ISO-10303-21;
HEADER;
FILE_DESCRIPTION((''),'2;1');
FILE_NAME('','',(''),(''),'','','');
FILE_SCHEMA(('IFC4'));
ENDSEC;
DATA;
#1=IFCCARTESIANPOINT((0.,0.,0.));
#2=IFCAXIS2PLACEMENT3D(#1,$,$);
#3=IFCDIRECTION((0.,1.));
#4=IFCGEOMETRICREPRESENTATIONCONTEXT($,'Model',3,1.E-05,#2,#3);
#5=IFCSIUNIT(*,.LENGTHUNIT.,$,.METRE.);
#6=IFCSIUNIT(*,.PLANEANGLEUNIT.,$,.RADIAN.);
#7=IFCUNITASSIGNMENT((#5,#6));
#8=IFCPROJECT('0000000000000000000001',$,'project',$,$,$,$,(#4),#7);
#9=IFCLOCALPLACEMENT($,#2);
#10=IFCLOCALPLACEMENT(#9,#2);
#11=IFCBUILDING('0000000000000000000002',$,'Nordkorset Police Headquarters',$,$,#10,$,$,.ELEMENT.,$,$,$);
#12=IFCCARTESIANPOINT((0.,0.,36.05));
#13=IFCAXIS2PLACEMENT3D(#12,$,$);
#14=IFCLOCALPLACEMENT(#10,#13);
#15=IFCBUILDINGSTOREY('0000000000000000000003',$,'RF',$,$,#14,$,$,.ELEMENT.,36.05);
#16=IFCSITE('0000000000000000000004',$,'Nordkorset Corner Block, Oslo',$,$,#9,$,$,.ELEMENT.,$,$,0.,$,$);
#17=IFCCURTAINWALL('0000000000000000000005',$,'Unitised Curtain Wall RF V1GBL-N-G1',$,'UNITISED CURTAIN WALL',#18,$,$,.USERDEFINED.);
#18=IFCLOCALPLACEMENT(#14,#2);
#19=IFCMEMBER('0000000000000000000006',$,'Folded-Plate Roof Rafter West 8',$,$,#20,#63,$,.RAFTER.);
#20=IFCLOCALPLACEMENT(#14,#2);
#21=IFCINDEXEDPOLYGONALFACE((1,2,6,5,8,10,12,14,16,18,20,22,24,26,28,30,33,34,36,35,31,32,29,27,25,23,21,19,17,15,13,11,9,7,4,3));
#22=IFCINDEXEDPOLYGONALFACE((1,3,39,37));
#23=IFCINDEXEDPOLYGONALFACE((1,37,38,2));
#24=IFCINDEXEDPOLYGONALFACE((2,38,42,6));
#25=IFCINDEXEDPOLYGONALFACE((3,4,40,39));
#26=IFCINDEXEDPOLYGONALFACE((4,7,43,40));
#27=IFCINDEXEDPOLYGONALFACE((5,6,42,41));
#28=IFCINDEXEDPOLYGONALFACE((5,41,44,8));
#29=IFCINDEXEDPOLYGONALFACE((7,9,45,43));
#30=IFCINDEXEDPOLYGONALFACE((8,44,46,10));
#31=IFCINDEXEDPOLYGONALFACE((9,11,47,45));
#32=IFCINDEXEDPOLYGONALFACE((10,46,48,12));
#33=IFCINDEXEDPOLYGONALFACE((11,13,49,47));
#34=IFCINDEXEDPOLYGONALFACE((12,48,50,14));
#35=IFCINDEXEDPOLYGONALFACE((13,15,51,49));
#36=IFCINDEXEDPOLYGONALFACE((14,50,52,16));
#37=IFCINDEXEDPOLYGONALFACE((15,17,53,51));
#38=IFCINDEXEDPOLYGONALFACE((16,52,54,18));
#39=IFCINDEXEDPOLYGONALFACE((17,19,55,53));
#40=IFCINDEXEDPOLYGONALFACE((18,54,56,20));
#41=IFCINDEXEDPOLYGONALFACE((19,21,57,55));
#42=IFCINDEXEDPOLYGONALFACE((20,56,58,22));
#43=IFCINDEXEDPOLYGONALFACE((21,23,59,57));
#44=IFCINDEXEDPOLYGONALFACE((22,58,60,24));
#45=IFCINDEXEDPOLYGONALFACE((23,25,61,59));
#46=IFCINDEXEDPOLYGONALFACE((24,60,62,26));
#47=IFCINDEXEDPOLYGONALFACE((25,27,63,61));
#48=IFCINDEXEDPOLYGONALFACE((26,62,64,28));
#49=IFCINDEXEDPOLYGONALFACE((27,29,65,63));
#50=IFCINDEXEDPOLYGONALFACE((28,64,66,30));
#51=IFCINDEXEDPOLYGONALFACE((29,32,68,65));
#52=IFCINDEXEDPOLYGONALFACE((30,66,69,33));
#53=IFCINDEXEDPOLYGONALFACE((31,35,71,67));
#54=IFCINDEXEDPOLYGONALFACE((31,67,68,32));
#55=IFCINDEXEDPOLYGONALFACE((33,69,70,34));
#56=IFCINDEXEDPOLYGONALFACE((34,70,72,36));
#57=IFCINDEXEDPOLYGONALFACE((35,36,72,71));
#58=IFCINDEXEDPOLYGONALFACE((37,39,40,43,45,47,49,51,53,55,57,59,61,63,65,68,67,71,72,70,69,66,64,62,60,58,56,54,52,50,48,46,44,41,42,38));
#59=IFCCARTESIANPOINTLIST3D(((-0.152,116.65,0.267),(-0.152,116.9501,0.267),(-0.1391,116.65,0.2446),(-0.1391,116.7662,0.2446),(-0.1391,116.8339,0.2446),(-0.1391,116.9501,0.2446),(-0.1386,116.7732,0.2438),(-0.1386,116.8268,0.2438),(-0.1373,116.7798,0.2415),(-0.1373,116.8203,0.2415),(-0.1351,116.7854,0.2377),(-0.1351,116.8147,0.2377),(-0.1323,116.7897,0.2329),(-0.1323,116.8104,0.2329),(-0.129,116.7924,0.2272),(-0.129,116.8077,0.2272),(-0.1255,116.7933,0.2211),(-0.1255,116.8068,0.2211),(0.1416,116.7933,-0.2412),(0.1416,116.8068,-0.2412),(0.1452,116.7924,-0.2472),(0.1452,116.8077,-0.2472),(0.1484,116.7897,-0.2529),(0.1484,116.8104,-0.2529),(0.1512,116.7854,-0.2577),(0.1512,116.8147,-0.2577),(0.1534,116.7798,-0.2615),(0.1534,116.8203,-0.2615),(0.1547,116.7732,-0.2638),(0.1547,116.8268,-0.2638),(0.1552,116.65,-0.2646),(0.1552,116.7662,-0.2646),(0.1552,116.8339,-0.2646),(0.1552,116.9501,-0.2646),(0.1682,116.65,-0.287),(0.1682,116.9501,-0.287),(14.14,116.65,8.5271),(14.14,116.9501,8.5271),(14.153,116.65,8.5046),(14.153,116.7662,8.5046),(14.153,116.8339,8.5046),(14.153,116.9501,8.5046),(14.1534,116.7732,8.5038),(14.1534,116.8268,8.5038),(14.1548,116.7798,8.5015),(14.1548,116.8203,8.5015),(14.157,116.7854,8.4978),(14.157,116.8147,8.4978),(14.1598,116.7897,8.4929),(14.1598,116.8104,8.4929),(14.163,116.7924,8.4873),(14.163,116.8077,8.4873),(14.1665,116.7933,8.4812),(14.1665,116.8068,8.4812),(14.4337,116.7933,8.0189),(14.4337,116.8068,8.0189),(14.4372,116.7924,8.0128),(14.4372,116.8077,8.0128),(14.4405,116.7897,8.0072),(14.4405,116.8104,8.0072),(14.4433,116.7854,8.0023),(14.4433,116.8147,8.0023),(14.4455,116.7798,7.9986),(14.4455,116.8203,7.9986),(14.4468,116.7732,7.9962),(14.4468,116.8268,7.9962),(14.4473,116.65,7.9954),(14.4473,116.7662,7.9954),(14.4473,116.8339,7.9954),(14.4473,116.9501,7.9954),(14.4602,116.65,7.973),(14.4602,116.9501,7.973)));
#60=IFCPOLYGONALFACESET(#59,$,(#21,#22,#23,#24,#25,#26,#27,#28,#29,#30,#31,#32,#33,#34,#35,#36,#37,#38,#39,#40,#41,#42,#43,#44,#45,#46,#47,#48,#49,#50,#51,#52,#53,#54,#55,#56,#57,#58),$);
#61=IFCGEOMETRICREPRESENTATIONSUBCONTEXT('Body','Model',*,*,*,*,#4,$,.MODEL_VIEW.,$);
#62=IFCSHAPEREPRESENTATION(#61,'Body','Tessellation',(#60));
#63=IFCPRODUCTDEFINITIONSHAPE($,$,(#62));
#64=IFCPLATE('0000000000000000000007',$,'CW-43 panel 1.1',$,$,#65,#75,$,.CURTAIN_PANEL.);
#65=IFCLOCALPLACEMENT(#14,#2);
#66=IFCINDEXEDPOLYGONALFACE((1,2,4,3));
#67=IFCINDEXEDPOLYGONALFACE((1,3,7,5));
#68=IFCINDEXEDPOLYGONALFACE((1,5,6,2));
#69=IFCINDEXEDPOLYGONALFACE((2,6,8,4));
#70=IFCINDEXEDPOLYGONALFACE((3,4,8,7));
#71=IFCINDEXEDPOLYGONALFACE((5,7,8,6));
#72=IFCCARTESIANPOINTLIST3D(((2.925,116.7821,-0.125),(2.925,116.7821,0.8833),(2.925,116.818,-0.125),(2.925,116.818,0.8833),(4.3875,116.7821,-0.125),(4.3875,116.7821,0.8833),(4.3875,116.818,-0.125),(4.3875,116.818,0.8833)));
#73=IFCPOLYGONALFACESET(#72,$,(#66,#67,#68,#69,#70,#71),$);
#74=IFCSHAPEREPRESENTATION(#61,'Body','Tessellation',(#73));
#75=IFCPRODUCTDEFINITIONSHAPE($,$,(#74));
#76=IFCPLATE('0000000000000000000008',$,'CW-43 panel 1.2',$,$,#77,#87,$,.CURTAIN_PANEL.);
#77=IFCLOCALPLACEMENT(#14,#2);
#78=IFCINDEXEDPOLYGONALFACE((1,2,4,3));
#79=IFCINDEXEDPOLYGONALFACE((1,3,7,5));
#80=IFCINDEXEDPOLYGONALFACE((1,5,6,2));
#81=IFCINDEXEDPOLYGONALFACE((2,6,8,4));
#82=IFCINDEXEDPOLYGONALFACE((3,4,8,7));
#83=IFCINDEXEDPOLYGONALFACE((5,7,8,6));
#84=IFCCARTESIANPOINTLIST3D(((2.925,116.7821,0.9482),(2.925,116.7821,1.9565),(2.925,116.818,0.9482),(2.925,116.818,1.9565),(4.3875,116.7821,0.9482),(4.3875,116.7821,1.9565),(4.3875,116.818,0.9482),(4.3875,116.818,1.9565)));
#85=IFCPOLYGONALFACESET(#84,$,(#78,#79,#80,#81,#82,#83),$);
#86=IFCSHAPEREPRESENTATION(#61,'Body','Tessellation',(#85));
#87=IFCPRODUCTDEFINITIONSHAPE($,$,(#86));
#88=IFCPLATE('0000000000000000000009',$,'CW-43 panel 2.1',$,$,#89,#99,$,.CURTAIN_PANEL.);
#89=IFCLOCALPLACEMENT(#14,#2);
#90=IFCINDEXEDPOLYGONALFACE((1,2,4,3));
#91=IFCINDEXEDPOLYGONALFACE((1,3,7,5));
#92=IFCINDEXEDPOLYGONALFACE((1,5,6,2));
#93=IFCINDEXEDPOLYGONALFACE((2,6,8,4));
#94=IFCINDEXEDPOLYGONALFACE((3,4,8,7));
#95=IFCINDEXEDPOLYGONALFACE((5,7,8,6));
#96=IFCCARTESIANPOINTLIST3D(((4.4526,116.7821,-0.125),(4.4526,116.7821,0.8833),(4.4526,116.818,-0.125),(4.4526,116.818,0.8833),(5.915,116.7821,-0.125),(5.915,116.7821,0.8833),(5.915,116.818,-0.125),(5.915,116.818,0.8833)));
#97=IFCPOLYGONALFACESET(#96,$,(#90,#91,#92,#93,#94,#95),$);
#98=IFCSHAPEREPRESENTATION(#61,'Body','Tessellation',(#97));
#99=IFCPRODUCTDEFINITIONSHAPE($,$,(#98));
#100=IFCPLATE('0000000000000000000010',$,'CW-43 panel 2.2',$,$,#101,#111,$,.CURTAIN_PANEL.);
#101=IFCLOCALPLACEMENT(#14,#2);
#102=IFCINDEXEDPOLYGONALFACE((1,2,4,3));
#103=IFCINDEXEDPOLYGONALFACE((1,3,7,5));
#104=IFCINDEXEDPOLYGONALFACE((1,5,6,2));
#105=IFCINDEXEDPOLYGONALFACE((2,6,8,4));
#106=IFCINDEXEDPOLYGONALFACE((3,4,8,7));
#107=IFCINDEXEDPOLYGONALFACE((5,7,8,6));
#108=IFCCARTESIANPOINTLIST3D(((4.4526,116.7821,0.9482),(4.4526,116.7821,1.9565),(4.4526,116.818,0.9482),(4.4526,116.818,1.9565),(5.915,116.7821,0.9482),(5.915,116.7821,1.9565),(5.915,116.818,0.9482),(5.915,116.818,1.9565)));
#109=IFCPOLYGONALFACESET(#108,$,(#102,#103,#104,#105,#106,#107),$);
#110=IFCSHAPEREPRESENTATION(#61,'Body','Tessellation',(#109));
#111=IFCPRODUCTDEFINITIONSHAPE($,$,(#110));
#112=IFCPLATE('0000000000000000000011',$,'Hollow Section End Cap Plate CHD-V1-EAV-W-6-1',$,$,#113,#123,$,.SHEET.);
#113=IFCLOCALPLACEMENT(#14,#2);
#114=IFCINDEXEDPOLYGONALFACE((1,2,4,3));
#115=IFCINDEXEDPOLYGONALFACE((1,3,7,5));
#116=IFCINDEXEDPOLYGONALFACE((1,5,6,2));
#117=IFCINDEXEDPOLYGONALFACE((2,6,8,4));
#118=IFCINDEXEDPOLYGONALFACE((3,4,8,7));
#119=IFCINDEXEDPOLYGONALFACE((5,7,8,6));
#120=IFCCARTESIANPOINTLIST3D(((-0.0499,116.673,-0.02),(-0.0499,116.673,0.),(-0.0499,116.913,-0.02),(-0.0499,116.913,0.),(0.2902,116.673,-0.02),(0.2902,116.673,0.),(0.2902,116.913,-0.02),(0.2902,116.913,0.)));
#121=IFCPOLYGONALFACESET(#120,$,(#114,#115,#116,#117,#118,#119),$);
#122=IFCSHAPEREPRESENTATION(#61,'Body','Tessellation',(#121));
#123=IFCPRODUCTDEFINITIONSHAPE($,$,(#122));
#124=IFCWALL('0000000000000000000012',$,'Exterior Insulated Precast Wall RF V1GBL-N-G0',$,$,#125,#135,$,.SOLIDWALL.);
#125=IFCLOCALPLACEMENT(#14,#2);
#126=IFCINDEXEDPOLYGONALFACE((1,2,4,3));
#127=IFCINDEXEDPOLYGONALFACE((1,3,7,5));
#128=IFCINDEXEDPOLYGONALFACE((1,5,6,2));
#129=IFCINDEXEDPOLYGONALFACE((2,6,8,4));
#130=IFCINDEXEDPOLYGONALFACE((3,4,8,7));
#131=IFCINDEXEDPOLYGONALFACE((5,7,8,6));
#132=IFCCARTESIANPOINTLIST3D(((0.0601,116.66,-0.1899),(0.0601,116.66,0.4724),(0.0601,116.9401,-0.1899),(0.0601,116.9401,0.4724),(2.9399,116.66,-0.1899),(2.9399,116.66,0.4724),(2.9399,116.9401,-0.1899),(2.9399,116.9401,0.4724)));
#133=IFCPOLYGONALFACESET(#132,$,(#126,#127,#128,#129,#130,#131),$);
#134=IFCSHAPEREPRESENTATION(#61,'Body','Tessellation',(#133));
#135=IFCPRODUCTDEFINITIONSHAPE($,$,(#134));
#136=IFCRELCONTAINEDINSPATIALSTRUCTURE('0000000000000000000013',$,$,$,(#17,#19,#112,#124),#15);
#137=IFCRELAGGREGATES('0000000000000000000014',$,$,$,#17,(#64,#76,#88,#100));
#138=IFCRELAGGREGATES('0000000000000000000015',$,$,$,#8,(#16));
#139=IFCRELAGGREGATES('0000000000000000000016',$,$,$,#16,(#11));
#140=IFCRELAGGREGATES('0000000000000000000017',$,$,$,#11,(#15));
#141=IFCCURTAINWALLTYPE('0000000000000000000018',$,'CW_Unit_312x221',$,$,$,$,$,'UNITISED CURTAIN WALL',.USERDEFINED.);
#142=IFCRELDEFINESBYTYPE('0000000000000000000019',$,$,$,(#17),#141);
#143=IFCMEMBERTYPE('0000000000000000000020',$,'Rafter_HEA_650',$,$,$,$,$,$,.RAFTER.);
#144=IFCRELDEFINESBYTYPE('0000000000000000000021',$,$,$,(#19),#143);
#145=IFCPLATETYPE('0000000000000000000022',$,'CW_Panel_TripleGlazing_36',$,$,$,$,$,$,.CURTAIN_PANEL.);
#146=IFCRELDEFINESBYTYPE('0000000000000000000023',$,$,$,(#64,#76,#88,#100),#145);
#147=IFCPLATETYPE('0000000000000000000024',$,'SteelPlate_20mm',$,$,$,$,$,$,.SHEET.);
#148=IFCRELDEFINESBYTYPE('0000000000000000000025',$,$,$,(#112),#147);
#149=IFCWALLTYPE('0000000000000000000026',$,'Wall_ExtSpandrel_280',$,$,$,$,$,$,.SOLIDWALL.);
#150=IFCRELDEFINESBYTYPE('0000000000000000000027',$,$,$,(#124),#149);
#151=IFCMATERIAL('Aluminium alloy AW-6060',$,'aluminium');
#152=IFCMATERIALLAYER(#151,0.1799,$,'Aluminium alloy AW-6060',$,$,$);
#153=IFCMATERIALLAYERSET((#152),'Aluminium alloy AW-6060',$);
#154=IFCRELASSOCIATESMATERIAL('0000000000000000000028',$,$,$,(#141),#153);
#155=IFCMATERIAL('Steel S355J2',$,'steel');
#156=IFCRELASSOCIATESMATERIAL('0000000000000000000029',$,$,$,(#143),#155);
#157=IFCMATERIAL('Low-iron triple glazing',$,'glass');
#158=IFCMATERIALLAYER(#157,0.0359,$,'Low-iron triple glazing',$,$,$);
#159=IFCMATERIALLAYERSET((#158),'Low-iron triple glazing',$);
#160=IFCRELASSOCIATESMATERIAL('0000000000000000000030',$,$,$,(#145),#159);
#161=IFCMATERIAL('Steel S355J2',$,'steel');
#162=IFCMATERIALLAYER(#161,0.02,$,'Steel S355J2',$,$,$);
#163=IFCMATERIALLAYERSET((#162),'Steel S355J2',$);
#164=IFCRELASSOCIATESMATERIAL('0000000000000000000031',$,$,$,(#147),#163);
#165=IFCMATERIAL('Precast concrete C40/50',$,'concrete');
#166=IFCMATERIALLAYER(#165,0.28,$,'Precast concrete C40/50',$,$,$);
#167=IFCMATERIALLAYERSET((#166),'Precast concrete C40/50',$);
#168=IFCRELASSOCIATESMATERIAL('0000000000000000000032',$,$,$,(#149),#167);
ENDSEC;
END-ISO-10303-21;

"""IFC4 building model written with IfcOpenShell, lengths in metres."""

from ifc_helpers import new_model, si_unit, direction, frame, frame_2d, origin, origin_2d, place, context, subcontext, project, spatial, rectangle, i_section, extrude, material, layer, layer_set, material_profile, profile_set, type_object, element, aggregate, save


model = new_model("IFC4")

# Units and contexts
model_context = context("Model", 3, precision=1e-05, world=origin(), true_north=direction((0.0, 1.0)))
body_context = subcontext(model_context, "Body", "Model", "MODEL_VIEW")
ifc_project = project(units=[si_unit("LENGTHUNIT", "METRE"), si_unit("PLANEANGLEUNIT", "RADIAN")], contexts=[model_context])

# Site, building, storey
site_placement = place(None, origin())
site = spatial("IfcSite", under=ifc_project, at=site_placement, Name="Nordkorset Corner Block, Oslo", CompositionType="ELEMENT", RefElevation=0.0)
building_placement = place(site_placement, origin())
building = spatial("IfcBuilding", under=site, at=building_placement, Name="Nordkorset Police Headquarters", CompositionType="ELEMENT")
storey_placement = place(building_placement, frame((0.0, 0.0, 36.05)))
storey = spatial("IfcBuildingStorey", under=building, at=storey_placement, Name="RF", CompositionType="ELEMENT", Elevation=36.05)

# Curtain wall
ifc_material_1 = material(Name="Aluminium alloy AW-6060", Category="aluminium")
ifc_layer_1 = layer(ifc_material_1, 0.1799, Name="Aluminium alloy AW-6060")
ifc_layer_set_1 = layer_set([ifc_layer_1], Name="Aluminium alloy AW-6060")
curtain_wall_type_1 = type_object("IfcCurtainWallType", Name="CW_Unit_312x221", ElementType="UNITISED CURTAIN WALL", PredefinedType="USERDEFINED", material=ifc_layer_set_1)
curtain_wall_1_placement = place(storey_placement, origin())
curtain_wall_1 = element("IfcCurtainWall", 1, at=curtain_wall_1_placement, inside=storey, type_object=curtain_wall_type_1, Name="Unitised Curtain Wall RF V1GBL-N-G1", ObjectType="UNITISED CURTAIN WALL", PredefinedType="USERDEFINED")

# Member
ifc_material_2 = material(Name="Steel S355J2", Category="steel")
ifc_material_profile_1 = material_profile(ifc_material_2, i_section(OverallWidth=0.3, OverallDepth=0.6399, WebThickness=0.0134, FlangeThickness=0.0259, FilletRadius=0.0271, at=origin_2d()), Name="HEA 650")
ifc_profile_set_1 = profile_set([ifc_material_profile_1], Name="Steel S355J2")
member_type_1 = type_object("IfcMemberType", Name="Rafter_HEA_650", PredefinedType="RAFTER", material=ifc_profile_set_1)
member_1_placement = place(storey_placement, frame((0.0081, 116.8, -0.01), z_axis=(0.865802, 0.0, 0.500387), x_axis=(0.0, 1.0, 0.0)))
element("IfcMember", 2, at=member_1_placement, inside=storey, type_object=member_type_1, Name="Folded-Plate Roof Rafter West 8", PredefinedType="RAFTER", context=body_context, shape_type="SweptSolid", body=[
    extrude(i_section(OverallWidth=0.3, OverallDepth=0.6399, WebThickness=0.0134, FlangeThickness=0.0259, FilletRadius=0.0271, at=origin_2d()), origin(), (0.0, 0.0, 1.0), 16.5073),
])

# Plates
ifc_material_3 = material(Name="Low-iron triple glazing", Category="glass")
ifc_layer_2 = layer(ifc_material_3, 0.0359, Name="Low-iron triple glazing")
ifc_layer_set_2 = layer_set([ifc_layer_2], Name="Low-iron triple glazing")
plate_type_1 = type_object("IfcPlateType", Name="CW_Panel_TripleGlazing_36", PredefinedType="CURTAIN_PANEL", material=ifc_layer_set_2)
plate_1_placement = place(storey_placement, frame((3.6562, 116.8, -0.125), z_axis=(0.0, 0.0, 1.0), x_axis=(1.0, 0.0, 0.0)))
plate_1 = element("IfcPlate", 3, at=plate_1_placement, type_object=plate_type_1, Name="CW-43 panel 1.1", PredefinedType="CURTAIN_PANEL", context=body_context, shape_type="SweptSolid", body=[
    extrude(rectangle(XDim=1.4624, YDim=0.0359, at=origin_2d()), origin(), (0.0, 0.0, 1.0), 1.0083),
])
plate_2_placement = place(storey_placement, frame((3.6562, 116.8, 0.9482), z_axis=(0.0, 0.0, 1.0), x_axis=(1.0, 0.0, 0.0)))
plate_2 = element("IfcPlate", 4, at=plate_2_placement, type_object=plate_type_1, Name="CW-43 panel 1.2", PredefinedType="CURTAIN_PANEL", context=body_context, shape_type="SweptSolid", body=[
    extrude(rectangle(XDim=1.4624, YDim=0.0359, at=origin_2d()), origin(), (0.0, 0.0, 1.0), 1.0083),
])
plate_3_placement = place(storey_placement, frame((5.1838, 116.8, -0.125), z_axis=(0.0, 0.0, 1.0), x_axis=(1.0, 0.0, 0.0)))
plate_3 = element("IfcPlate", 5, at=plate_3_placement, type_object=plate_type_1, Name="CW-43 panel 2.1", PredefinedType="CURTAIN_PANEL", context=body_context, shape_type="SweptSolid", body=[
    extrude(rectangle(XDim=1.4624, YDim=0.0359, at=origin_2d()), origin(), (0.0, 0.0, 1.0), 1.0083),
])
plate_4_placement = place(storey_placement, frame((5.1838, 116.8, 0.9482), z_axis=(0.0, 0.0, 1.0), x_axis=(1.0, 0.0, 0.0)))
plate_4 = element("IfcPlate", 6, at=plate_4_placement, type_object=plate_type_1, Name="CW-43 panel 2.2", PredefinedType="CURTAIN_PANEL", context=body_context, shape_type="SweptSolid", body=[
    extrude(rectangle(XDim=1.4624, YDim=0.0359, at=origin_2d()), origin(), (0.0, 0.0, 1.0), 1.0083),
])
aggregate(curtain_wall_1, [plate_1, plate_2, plate_3, plate_4])
ifc_material_4 = material(Name="Steel S355J2", Category="steel")
ifc_layer_3 = layer(ifc_material_4, 0.02, Name="Steel S355J2")
ifc_layer_set_3 = layer_set([ifc_layer_3], Name="Steel S355J2")
plate_type_2 = type_object("IfcPlateType", Name="SteelPlate_20mm", PredefinedType="SHEET", material=ifc_layer_set_3)
plate_5_placement = place(storey_placement, frame((0.1201, 116.793, -0.02), z_axis=(0.0, 0.0, 1.0), x_axis=(1.0, 0.0, 0.0)))
element("IfcPlate", 7, at=plate_5_placement, inside=storey, type_object=plate_type_2, Name="Hollow Section End Cap Plate CHD-V1-EAV-W-6-1", PredefinedType="SHEET", context=body_context, shape_type="SweptSolid", body=[
    extrude(rectangle(XDim=0.3401, YDim=0.24, at=origin_2d()), origin(), (0.0, 0.0, 1.0), 0.02),
])

# Wall
ifc_material_5 = material(Name="Precast concrete C40/50", Category="concrete")
ifc_layer_4 = layer(ifc_material_5, 0.28, Name="Precast concrete C40/50")
ifc_layer_set_4 = layer_set([ifc_layer_4], Name="Precast concrete C40/50")
wall_type = type_object("IfcWallType", Name="Wall_ExtSpandrel_280", PredefinedType="SOLIDWALL", material=ifc_layer_set_4)
wall_placement = place(storey_placement, frame((0.0601, 116.8, -0.1899), z_axis=(0.0, 0.0, 1.0), x_axis=(1.0, 0.0, 0.0)))
element("IfcWall", 8, at=wall_placement, inside=storey, type_object=wall_type, Name="Exterior Insulated Precast Wall RF V1GBL-N-G0", PredefinedType="SOLIDWALL", context=body_context, shape_type="SweptSolid", body=[
    extrude(rectangle(XDim=2.8799, YDim=0.28, at=frame_2d((1.4399, 0.0))), origin(), (0.0, 0.0, 1.0), 0.6624),
])

save(model, "model.ifc")
